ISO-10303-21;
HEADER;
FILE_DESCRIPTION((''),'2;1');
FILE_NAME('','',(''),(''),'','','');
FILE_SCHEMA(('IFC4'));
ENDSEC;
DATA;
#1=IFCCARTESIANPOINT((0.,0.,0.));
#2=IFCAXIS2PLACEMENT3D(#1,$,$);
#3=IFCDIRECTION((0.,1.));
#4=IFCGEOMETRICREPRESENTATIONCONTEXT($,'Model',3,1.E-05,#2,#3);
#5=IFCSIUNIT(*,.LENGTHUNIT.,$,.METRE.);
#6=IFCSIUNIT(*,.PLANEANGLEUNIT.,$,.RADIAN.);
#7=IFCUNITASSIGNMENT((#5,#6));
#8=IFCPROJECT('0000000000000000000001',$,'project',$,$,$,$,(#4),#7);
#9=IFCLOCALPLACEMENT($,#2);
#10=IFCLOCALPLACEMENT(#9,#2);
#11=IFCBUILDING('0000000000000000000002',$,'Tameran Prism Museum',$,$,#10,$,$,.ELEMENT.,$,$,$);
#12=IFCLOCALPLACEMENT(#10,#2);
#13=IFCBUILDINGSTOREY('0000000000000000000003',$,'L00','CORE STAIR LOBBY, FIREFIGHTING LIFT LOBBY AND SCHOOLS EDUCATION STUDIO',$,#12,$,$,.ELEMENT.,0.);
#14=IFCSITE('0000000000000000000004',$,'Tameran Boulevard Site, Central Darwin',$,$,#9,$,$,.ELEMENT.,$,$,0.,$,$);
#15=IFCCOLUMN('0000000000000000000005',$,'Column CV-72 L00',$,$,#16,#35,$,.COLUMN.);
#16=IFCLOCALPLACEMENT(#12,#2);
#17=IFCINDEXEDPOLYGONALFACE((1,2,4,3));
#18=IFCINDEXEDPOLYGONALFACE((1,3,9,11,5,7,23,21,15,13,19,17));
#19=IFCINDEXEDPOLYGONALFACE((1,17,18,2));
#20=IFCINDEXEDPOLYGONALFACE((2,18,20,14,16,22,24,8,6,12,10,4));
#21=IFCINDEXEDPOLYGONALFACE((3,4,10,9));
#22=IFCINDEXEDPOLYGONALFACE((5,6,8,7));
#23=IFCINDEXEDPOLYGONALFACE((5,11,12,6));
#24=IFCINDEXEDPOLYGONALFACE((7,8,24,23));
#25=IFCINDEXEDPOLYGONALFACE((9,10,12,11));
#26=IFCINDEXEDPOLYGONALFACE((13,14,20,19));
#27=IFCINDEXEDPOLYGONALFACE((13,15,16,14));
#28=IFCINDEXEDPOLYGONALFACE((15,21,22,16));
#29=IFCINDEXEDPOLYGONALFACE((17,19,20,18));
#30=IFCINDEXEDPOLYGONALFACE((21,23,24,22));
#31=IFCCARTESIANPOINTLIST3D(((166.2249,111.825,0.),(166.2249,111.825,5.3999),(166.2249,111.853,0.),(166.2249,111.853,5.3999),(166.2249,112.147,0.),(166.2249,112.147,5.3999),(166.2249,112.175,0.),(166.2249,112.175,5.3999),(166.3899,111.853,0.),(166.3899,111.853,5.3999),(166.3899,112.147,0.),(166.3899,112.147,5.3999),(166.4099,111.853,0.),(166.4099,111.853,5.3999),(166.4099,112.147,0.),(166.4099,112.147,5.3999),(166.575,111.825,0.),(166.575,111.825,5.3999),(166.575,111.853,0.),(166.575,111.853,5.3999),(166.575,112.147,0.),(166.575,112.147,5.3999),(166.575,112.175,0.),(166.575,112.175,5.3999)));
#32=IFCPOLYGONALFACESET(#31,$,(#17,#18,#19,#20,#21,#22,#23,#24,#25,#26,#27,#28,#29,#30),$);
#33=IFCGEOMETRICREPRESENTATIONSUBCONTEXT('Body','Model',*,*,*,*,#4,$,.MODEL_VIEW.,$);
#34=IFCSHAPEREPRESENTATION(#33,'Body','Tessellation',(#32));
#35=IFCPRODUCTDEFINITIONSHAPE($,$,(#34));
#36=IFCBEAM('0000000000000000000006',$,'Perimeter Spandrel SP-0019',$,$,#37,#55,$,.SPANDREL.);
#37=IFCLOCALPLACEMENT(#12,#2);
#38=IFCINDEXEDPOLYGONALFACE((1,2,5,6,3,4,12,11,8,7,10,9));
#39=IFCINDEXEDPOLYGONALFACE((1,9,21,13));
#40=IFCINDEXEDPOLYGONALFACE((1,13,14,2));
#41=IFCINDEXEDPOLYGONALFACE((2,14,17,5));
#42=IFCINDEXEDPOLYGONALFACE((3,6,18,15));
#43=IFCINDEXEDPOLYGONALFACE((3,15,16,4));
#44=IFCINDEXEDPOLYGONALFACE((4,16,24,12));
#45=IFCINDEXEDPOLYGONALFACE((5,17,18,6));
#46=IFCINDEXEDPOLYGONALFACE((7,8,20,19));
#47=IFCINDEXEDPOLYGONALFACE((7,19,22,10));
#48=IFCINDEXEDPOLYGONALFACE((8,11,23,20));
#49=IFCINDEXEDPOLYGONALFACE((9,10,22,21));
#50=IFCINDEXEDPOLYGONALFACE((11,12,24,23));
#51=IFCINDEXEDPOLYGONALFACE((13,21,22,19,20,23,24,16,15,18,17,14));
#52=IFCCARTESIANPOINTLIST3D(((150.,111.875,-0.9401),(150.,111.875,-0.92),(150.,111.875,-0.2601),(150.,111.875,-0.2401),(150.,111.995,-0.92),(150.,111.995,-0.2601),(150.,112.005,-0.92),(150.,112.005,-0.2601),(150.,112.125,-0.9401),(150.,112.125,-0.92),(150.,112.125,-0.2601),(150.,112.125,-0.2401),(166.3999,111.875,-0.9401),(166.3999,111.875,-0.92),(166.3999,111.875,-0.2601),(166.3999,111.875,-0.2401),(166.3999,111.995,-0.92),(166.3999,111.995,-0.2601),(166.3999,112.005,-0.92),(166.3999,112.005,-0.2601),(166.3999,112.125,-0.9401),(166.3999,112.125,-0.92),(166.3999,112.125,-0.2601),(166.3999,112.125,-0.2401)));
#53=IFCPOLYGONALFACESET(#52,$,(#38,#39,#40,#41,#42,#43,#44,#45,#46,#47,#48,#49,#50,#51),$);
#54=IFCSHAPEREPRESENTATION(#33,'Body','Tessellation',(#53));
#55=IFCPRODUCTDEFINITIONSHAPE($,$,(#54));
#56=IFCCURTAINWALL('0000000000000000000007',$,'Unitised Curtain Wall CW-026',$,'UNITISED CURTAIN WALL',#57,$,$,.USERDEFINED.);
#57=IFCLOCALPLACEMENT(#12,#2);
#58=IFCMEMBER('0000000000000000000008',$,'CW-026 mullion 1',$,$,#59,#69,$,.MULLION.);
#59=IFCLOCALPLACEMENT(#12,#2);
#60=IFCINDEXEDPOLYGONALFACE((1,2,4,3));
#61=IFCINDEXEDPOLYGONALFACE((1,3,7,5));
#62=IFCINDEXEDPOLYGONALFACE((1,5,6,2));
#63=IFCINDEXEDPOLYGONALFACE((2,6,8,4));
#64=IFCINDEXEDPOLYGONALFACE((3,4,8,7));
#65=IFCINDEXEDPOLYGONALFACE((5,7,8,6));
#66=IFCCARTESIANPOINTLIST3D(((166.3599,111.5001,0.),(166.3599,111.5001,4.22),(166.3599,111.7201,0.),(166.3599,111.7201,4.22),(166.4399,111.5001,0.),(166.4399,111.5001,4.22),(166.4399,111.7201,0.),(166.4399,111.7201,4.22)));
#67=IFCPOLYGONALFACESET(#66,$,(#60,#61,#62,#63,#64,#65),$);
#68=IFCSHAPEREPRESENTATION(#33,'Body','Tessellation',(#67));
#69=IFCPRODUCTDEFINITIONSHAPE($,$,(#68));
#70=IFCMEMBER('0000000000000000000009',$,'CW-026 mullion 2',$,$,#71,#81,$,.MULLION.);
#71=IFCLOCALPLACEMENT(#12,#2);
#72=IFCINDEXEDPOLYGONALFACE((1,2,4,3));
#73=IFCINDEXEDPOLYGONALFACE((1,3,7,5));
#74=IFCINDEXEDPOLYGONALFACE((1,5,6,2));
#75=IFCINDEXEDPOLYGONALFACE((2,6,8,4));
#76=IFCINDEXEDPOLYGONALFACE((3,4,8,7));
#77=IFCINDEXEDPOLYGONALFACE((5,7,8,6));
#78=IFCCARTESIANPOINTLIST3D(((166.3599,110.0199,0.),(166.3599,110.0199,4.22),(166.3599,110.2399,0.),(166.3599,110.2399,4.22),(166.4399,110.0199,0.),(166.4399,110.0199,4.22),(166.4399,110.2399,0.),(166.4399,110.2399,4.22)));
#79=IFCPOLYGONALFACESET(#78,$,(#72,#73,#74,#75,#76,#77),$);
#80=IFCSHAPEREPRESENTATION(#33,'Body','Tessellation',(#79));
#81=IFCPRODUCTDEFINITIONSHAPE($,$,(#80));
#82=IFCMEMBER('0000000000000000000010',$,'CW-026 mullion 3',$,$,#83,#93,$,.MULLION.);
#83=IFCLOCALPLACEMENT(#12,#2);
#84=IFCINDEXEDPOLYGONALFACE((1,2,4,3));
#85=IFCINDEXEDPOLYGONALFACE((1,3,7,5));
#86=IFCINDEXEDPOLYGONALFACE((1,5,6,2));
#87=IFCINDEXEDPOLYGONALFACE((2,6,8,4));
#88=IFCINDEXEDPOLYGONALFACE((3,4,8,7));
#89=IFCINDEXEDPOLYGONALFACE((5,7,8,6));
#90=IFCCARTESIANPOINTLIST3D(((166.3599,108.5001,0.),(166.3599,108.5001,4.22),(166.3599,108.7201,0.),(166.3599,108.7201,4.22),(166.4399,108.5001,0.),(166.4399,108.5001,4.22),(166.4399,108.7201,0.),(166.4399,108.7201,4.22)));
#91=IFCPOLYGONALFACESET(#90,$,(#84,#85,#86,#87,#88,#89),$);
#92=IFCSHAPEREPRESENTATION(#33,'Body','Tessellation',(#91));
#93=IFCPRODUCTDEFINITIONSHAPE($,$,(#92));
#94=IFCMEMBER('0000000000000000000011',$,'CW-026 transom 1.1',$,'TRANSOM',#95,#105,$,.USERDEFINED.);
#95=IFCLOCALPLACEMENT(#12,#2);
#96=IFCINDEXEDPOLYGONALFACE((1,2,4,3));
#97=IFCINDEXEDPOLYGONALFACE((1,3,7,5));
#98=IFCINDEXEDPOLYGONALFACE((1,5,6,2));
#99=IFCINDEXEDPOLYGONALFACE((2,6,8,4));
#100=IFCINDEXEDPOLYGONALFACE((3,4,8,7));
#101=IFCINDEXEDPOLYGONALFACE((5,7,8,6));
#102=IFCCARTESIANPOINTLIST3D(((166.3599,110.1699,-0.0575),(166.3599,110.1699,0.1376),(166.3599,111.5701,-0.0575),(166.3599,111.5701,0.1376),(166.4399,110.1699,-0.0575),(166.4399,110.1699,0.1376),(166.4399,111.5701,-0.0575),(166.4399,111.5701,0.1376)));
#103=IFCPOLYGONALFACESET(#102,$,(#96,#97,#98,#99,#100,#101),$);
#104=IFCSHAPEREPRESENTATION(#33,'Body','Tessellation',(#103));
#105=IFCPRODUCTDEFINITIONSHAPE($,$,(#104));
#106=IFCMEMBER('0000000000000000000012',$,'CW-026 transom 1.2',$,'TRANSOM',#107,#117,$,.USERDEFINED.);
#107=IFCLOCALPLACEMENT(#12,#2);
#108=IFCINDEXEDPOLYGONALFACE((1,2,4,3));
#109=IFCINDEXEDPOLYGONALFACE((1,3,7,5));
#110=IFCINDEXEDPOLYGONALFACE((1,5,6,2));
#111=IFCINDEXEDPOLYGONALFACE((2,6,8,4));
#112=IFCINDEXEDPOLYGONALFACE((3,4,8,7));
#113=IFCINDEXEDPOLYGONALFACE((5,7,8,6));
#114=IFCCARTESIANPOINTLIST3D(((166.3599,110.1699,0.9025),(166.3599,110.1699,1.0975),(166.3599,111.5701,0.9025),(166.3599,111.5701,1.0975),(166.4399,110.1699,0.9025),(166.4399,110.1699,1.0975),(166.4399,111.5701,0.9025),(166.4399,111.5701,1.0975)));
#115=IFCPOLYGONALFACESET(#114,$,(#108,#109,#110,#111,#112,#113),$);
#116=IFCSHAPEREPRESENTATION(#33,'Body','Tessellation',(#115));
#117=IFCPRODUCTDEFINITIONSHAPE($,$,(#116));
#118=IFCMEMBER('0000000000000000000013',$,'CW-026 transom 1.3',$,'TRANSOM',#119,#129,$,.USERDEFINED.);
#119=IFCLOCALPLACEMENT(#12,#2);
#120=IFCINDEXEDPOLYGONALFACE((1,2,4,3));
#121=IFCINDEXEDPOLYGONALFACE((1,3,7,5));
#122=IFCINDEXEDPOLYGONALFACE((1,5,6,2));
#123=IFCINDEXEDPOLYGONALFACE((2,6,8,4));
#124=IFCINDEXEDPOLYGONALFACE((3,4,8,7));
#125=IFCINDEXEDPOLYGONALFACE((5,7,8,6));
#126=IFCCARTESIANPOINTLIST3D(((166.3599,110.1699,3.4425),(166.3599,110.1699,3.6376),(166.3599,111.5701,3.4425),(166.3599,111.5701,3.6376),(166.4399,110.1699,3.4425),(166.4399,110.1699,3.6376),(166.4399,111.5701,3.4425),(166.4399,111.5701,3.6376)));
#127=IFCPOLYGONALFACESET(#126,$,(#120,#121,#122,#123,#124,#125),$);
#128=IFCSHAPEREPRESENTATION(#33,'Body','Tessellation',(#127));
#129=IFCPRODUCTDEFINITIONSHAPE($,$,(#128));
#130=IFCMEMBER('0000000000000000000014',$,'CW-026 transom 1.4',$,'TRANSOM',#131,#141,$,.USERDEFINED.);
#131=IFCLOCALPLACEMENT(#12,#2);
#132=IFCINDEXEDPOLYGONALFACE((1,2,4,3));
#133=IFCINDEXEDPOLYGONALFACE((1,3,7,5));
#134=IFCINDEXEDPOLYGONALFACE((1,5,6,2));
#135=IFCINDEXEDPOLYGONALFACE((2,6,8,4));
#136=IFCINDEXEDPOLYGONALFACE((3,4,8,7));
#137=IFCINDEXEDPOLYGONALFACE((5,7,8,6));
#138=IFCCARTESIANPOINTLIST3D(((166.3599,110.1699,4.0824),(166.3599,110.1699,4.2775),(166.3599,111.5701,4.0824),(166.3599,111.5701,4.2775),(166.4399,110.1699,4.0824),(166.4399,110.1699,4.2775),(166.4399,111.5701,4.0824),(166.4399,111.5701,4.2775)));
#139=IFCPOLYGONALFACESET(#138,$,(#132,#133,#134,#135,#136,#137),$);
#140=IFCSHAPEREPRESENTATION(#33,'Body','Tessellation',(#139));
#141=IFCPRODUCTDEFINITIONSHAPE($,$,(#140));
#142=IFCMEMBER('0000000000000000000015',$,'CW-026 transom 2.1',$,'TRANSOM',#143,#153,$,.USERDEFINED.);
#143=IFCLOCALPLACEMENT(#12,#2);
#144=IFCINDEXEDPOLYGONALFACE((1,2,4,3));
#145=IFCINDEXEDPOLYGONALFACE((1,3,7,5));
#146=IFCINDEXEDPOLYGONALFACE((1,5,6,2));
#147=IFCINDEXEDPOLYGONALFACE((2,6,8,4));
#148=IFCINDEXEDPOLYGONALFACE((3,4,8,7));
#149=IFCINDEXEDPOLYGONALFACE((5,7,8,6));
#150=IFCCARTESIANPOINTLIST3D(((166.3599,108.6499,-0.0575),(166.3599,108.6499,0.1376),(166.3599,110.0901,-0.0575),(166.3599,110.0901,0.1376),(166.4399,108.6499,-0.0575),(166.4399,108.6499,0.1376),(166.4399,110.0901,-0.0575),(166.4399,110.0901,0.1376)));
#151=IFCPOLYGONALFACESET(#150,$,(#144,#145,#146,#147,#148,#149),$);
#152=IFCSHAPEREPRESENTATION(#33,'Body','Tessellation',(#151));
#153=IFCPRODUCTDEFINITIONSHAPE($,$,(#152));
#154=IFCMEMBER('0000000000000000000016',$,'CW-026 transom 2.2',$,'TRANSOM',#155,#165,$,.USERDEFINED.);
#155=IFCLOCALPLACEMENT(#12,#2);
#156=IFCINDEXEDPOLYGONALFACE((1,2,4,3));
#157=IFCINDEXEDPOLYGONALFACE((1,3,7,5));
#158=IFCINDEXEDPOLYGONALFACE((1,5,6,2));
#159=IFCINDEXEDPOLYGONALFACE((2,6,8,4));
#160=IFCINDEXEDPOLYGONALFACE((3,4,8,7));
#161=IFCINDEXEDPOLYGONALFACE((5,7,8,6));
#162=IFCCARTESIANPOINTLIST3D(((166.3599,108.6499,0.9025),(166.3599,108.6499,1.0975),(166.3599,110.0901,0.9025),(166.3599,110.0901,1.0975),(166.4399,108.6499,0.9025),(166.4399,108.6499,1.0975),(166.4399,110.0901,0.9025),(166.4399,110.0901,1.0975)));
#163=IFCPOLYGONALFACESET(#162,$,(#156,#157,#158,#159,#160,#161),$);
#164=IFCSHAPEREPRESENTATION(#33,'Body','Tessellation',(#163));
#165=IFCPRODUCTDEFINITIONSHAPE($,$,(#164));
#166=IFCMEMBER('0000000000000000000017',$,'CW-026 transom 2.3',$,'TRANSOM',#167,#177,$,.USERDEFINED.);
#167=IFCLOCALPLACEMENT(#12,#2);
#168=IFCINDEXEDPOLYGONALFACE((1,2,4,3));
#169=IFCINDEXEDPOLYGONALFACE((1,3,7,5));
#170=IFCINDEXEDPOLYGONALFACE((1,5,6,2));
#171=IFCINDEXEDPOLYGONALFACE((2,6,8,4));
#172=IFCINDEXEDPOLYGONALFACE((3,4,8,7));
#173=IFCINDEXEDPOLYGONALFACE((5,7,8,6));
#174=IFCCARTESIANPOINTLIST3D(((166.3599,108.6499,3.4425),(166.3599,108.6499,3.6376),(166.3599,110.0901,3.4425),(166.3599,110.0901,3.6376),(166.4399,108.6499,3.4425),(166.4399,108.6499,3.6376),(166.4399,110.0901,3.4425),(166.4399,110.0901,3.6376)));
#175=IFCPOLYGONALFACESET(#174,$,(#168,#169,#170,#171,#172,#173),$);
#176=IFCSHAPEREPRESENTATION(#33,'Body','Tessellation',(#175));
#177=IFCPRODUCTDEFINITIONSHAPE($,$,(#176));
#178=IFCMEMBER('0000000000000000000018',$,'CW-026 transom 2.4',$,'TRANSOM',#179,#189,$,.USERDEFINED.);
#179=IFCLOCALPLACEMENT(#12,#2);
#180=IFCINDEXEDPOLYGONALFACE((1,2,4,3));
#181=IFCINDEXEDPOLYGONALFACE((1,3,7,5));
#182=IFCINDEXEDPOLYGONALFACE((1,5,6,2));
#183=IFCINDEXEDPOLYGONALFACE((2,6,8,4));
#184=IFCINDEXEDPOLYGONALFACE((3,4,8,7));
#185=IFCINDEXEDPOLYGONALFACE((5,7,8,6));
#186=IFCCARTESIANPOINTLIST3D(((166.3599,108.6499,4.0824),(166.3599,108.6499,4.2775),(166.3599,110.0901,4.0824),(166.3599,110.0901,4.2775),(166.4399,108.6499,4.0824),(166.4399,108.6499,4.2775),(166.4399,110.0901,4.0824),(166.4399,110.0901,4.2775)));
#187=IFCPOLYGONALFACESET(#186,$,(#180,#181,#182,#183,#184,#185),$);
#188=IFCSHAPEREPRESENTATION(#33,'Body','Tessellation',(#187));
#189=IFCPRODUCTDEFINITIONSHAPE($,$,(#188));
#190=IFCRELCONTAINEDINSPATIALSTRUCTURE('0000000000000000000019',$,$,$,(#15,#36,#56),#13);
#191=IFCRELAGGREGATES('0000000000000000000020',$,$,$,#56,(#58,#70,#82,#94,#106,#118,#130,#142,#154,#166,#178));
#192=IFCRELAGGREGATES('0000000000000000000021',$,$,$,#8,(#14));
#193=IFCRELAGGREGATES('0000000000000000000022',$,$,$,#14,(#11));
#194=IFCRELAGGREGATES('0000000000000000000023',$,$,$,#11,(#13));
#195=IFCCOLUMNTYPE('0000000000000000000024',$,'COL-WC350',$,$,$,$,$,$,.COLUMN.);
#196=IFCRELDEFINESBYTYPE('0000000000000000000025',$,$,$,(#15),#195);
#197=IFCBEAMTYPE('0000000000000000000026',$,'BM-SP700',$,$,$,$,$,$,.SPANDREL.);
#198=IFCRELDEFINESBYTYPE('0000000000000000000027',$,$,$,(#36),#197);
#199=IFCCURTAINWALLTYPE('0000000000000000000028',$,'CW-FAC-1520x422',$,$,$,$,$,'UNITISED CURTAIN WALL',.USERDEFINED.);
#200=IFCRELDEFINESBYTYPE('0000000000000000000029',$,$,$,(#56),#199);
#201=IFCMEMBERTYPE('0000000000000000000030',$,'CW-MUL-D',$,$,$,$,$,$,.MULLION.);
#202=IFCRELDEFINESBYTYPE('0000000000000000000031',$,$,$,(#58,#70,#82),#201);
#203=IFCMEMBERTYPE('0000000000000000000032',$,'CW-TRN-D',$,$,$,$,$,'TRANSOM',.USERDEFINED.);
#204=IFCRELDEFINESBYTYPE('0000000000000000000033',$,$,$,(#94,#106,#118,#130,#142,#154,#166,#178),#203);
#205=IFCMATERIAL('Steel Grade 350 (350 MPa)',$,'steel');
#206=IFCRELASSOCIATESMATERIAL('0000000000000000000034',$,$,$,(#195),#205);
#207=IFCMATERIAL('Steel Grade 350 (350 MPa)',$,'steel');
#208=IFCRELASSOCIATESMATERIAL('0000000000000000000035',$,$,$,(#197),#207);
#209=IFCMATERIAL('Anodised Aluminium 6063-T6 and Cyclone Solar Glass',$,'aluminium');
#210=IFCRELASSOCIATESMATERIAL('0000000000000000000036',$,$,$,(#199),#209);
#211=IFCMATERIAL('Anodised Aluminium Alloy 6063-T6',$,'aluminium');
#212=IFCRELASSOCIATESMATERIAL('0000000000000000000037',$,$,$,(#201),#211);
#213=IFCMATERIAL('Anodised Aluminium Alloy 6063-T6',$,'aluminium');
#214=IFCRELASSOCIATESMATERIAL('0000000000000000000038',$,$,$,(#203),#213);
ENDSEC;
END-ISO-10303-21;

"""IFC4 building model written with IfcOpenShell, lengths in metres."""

from ifc_helpers import new_model, si_unit, direction, frame, origin, origin_2d, place, context, subcontext, project, spatial, rectangle, i_section, extrude, material, material_profile, profile_set, type_object, element, aggregate, save


model = new_model("IFC4")

# Units and contexts
model_context = context("Model", 3, precision=1e-05, world=origin(), true_north=direction((0.0, 1.0)))
body_context = subcontext(model_context, "Body", "Model", "MODEL_VIEW")
ifc_project = project(units=[si_unit("LENGTHUNIT", "METRE"), si_unit("PLANEANGLEUNIT", "RADIAN")], contexts=[model_context])

# Site, building, storey
site_placement = place(None, origin())
site = spatial("IfcSite", under=ifc_project, at=site_placement, Name="Tameran Boulevard Site, Central Darwin", CompositionType="ELEMENT", RefElevation=0.0)
building_placement = place(site_placement, origin())
building = spatial("IfcBuilding", under=site, at=building_placement, Name="Tameran Prism Museum", CompositionType="ELEMENT")
storey_placement = place(building_placement, origin())
storey = spatial("IfcBuildingStorey", under=building, at=storey_placement, Name="L00", Description="CORE STAIR LOBBY, FIREFIGHTING LIFT LOBBY AND SCHOOLS EDUCATION STUDIO", CompositionType="ELEMENT", Elevation=0.0)

# Column
ifc_material_1 = material(Name="Steel Grade 350 (350 MPa)", Category="steel")
ifc_material_profile_1 = material_profile(ifc_material_1, i_section(OverallWidth=0.3501, OverallDepth=0.3501, WebThickness=0.02, FlangeThickness=0.0281, at=origin_2d()))
ifc_profile_set_1 = profile_set([ifc_material_profile_1])
column_type = type_object("IfcColumnType", Name="COL-WC350", PredefinedType="COLUMN", material=ifc_profile_set_1)
column_placement = place(storey_placement, frame((166.3999, 112.0, 0.0), z_axis=(0.0, 0.0, 1.0), x_axis=(1.0, 0.0, 0.0)))
element("IfcColumn", 1, at=column_placement, inside=storey, type_object=column_type, Name="Column CV-72 L00", PredefinedType="COLUMN", context=body_context, shape_type="SweptSolid", body=[
    extrude(i_section(OverallWidth=0.3501, OverallDepth=0.3501, WebThickness=0.02, FlangeThickness=0.0281, at=origin_2d()), origin(), (0.0, 0.0, 1.0), 5.3999),
])

# Beam
ifc_material_2 = material(Name="Steel Grade 350 (350 MPa)", Category="steel")
ifc_material_profile_2 = material_profile(ifc_material_2, i_section(OverallWidth=0.25, OverallDepth=0.7, WebThickness=0.01, FlangeThickness=0.02, at=origin_2d()))
ifc_profile_set_2 = profile_set([ifc_material_profile_2])
beam_type = type_object("IfcBeamType", Name="BM-SP700", PredefinedType="SPANDREL", material=ifc_profile_set_2)
beam_placement = place(storey_placement, frame((166.3999, 112.0, -0.5901), z_axis=(-1.0, 0.0, 0.0), x_axis=(0.0, -1.0, 0.0)))
element("IfcBeam", 2, at=beam_placement, inside=storey, type_object=beam_type, Name="Perimeter Spandrel SP-0019", PredefinedType="SPANDREL", context=body_context, shape_type="SweptSolid", body=[
    extrude(i_section(OverallWidth=0.25, OverallDepth=0.7, WebThickness=0.01, FlangeThickness=0.02, at=origin_2d()), origin(), (0.0, 0.0, 1.0), 16.3999),
])

# Curtain wall, members
ifc_material_3 = material(Name="Anodised Aluminium 6063-T6 and Cyclone Solar Glass", Category="aluminium")
curtain_wall_type = type_object("IfcCurtainWallType", Name="CW-FAC-1520x422", ElementType="UNITISED CURTAIN WALL", PredefinedType="USERDEFINED", material=ifc_material_3)
curtain_wall_placement = place(storey_placement, origin())
curtain_wall = element("IfcCurtainWall", 3, at=curtain_wall_placement, inside=storey, type_object=curtain_wall_type, Name="Unitised Curtain Wall CW-026", ObjectType="UNITISED CURTAIN WALL", PredefinedType="USERDEFINED")
ifc_material_4 = material(Name="Anodised Aluminium Alloy 6063-T6", Category="aluminium")
ifc_material_profile_3 = material_profile(ifc_material_4, rectangle(XDim=0.0801, YDim=0.22, at=origin_2d()))
ifc_profile_set_3 = profile_set([ifc_material_profile_3])
member_type_1 = type_object("IfcMemberType", Name="CW-MUL-D", PredefinedType="MULLION", material=ifc_profile_set_3)
member_1_placement = place(storey_placement, frame((166.3999, 111.6101, 0.0), z_axis=(0.0, 0.0, 1.0), x_axis=(1.0, 0.0, 0.0)))
member_1 = element("IfcMember", 4, at=member_1_placement, type_object=member_type_1, Name="CW-026 mullion 1", PredefinedType="MULLION", context=body_context, shape_type="SweptSolid", body=[
    extrude(rectangle(XDim=0.0801, YDim=0.22, at=origin_2d()), origin(), (0.0, 0.0, 1.0), 4.22),
])
member_2_placement = place(storey_placement, frame((166.3999, 110.1299, 0.0), z_axis=(0.0, 0.0, 1.0), x_axis=(1.0, 0.0, 0.0)))
member_2 = element("IfcMember", 5, at=member_2_placement, type_object=member_type_1, Name="CW-026 mullion 2", PredefinedType="MULLION", context=body_context, shape_type="SweptSolid", body=[
    extrude(rectangle(XDim=0.0801, YDim=0.22, at=origin_2d()), origin(), (0.0, 0.0, 1.0), 4.22),
])
member_3_placement = place(storey_placement, frame((166.3999, 108.6101, 0.0), z_axis=(0.0, 0.0, 1.0), x_axis=(1.0, 0.0, 0.0)))
member_3 = element("IfcMember", 6, at=member_3_placement, type_object=member_type_1, Name="CW-026 mullion 3", PredefinedType="MULLION", context=body_context, shape_type="SweptSolid", body=[
    extrude(rectangle(XDim=0.0801, YDim=0.22, at=origin_2d()), origin(), (0.0, 0.0, 1.0), 4.22),
])
ifc_material_5 = material(Name="Anodised Aluminium Alloy 6063-T6", Category="aluminium")
ifc_material_profile_4 = material_profile(ifc_material_5, rectangle(XDim=0.0801, YDim=0.1951, at=origin_2d()))
ifc_profile_set_4 = profile_set([ifc_material_profile_4])
member_type_2 = type_object("IfcMemberType", Name="CW-TRN-D", ElementType="TRANSOM", PredefinedType="USERDEFINED", material=ifc_profile_set_4)
member_4_placement = place(storey_placement, frame((166.3999, 111.5701, 0.04), z_axis=(0.0, -1.0, 0.0), x_axis=(1.0, 0.0, 0.0)))
member_4 = element("IfcMember", 7, at=member_4_placement, type_object=member_type_2, Name="CW-026 transom 1.1", ObjectType="TRANSOM", PredefinedType="USERDEFINED", context=body_context, shape_type="SweptSolid", body=[
    extrude(rectangle(XDim=0.0801, YDim=0.1951, at=origin_2d()), origin(), (0.0, 0.0, 1.0), 1.4001),
])
member_5_placement = place(storey_placement, frame((166.3999, 111.5701, 1.0), z_axis=(0.0, -1.0, 0.0), x_axis=(1.0, 0.0, 0.0)))
member_5 = element("IfcMember", 8, at=member_5_placement, type_object=member_type_2, Name="CW-026 transom 1.2", ObjectType="TRANSOM", PredefinedType="USERDEFINED", context=body_context, shape_type="SweptSolid", body=[
    extrude(rectangle(XDim=0.0801, YDim=0.1951, at=origin_2d()), origin(), (0.0, 0.0, 1.0), 1.4001),
])
member_6_placement = place(storey_placement, frame((166.3999, 111.5701, 3.54), z_axis=(0.0, -1.0, 0.0), x_axis=(1.0, 0.0, 0.0)))
member_6 = element("IfcMember", 9, at=member_6_placement, type_object=member_type_2, Name="CW-026 transom 1.3", ObjectType="TRANSOM", PredefinedType="USERDEFINED", context=body_context, shape_type="SweptSolid", body=[
    extrude(rectangle(XDim=0.0801, YDim=0.1951, at=origin_2d()), origin(), (0.0, 0.0, 1.0), 1.4001),
])
member_7_placement = place(storey_placement, frame((166.3999, 111.5701, 4.1799), z_axis=(0.0, -1.0, 0.0), x_axis=(1.0, 0.0, 0.0)))
member_7 = element("IfcMember", 10, at=member_7_placement, type_object=member_type_2, Name="CW-026 transom 1.4", ObjectType="TRANSOM", PredefinedType="USERDEFINED", context=body_context, shape_type="SweptSolid", body=[
    extrude(rectangle(XDim=0.0801, YDim=0.1951, at=origin_2d()), origin(), (0.0, 0.0, 1.0), 1.4001),
])
member_8_placement = place(storey_placement, frame((166.3999, 110.0901, 0.04), z_axis=(0.0, -1.0, 0.0), x_axis=(1.0, 0.0, 0.0)))
member_8 = element("IfcMember", 11, at=member_8_placement, type_object=member_type_2, Name="CW-026 transom 2.1", ObjectType="TRANSOM", PredefinedType="USERDEFINED", context=body_context, shape_type="SweptSolid", body=[
    extrude(rectangle(XDim=0.0801, YDim=0.1951, at=origin_2d()), origin(), (0.0, 0.0, 1.0), 1.4402),
])
member_9_placement = place(storey_placement, frame((166.3999, 110.0901, 1.0), z_axis=(0.0, -1.0, 0.0), x_axis=(1.0, 0.0, 0.0)))
member_9 = element("IfcMember", 12, at=member_9_placement, type_object=member_type_2, Name="CW-026 transom 2.2", ObjectType="TRANSOM", PredefinedType="USERDEFINED", context=body_context, shape_type="SweptSolid", body=[
    extrude(rectangle(XDim=0.0801, YDim=0.1951, at=origin_2d()), origin(), (0.0, 0.0, 1.0), 1.4402),
])
member_10_placement = place(storey_placement, frame((166.3999, 110.0901, 3.54), z_axis=(0.0, -1.0, 0.0), x_axis=(1.0, 0.0, 0.0)))
member_10 = element("IfcMember", 13, at=member_10_placement, type_object=member_type_2, Name="CW-026 transom 2.3", ObjectType="TRANSOM", PredefinedType="USERDEFINED", context=body_context, shape_type="SweptSolid", body=[
    extrude(rectangle(XDim=0.0801, YDim=0.1951, at=origin_2d()), origin(), (0.0, 0.0, 1.0), 1.4402),
])
member_11_placement = place(storey_placement, frame((166.3999, 110.0901, 4.1799), z_axis=(0.0, -1.0, 0.0), x_axis=(1.0, 0.0, 0.0)))
member_11 = element("IfcMember", 14, at=member_11_placement, type_object=member_type_2, Name="CW-026 transom 2.4", ObjectType="TRANSOM", PredefinedType="USERDEFINED", context=body_context, shape_type="SweptSolid", body=[
    extrude(rectangle(XDim=0.0801, YDim=0.1951, at=origin_2d()), origin(), (0.0, 0.0, 1.0), 1.4402),
])
aggregate(curtain_wall, [member_1, member_2, member_3, member_4, member_5, member_6, member_7, member_8, member_9, member_10, member_11])

save(model, "model.ifc")
